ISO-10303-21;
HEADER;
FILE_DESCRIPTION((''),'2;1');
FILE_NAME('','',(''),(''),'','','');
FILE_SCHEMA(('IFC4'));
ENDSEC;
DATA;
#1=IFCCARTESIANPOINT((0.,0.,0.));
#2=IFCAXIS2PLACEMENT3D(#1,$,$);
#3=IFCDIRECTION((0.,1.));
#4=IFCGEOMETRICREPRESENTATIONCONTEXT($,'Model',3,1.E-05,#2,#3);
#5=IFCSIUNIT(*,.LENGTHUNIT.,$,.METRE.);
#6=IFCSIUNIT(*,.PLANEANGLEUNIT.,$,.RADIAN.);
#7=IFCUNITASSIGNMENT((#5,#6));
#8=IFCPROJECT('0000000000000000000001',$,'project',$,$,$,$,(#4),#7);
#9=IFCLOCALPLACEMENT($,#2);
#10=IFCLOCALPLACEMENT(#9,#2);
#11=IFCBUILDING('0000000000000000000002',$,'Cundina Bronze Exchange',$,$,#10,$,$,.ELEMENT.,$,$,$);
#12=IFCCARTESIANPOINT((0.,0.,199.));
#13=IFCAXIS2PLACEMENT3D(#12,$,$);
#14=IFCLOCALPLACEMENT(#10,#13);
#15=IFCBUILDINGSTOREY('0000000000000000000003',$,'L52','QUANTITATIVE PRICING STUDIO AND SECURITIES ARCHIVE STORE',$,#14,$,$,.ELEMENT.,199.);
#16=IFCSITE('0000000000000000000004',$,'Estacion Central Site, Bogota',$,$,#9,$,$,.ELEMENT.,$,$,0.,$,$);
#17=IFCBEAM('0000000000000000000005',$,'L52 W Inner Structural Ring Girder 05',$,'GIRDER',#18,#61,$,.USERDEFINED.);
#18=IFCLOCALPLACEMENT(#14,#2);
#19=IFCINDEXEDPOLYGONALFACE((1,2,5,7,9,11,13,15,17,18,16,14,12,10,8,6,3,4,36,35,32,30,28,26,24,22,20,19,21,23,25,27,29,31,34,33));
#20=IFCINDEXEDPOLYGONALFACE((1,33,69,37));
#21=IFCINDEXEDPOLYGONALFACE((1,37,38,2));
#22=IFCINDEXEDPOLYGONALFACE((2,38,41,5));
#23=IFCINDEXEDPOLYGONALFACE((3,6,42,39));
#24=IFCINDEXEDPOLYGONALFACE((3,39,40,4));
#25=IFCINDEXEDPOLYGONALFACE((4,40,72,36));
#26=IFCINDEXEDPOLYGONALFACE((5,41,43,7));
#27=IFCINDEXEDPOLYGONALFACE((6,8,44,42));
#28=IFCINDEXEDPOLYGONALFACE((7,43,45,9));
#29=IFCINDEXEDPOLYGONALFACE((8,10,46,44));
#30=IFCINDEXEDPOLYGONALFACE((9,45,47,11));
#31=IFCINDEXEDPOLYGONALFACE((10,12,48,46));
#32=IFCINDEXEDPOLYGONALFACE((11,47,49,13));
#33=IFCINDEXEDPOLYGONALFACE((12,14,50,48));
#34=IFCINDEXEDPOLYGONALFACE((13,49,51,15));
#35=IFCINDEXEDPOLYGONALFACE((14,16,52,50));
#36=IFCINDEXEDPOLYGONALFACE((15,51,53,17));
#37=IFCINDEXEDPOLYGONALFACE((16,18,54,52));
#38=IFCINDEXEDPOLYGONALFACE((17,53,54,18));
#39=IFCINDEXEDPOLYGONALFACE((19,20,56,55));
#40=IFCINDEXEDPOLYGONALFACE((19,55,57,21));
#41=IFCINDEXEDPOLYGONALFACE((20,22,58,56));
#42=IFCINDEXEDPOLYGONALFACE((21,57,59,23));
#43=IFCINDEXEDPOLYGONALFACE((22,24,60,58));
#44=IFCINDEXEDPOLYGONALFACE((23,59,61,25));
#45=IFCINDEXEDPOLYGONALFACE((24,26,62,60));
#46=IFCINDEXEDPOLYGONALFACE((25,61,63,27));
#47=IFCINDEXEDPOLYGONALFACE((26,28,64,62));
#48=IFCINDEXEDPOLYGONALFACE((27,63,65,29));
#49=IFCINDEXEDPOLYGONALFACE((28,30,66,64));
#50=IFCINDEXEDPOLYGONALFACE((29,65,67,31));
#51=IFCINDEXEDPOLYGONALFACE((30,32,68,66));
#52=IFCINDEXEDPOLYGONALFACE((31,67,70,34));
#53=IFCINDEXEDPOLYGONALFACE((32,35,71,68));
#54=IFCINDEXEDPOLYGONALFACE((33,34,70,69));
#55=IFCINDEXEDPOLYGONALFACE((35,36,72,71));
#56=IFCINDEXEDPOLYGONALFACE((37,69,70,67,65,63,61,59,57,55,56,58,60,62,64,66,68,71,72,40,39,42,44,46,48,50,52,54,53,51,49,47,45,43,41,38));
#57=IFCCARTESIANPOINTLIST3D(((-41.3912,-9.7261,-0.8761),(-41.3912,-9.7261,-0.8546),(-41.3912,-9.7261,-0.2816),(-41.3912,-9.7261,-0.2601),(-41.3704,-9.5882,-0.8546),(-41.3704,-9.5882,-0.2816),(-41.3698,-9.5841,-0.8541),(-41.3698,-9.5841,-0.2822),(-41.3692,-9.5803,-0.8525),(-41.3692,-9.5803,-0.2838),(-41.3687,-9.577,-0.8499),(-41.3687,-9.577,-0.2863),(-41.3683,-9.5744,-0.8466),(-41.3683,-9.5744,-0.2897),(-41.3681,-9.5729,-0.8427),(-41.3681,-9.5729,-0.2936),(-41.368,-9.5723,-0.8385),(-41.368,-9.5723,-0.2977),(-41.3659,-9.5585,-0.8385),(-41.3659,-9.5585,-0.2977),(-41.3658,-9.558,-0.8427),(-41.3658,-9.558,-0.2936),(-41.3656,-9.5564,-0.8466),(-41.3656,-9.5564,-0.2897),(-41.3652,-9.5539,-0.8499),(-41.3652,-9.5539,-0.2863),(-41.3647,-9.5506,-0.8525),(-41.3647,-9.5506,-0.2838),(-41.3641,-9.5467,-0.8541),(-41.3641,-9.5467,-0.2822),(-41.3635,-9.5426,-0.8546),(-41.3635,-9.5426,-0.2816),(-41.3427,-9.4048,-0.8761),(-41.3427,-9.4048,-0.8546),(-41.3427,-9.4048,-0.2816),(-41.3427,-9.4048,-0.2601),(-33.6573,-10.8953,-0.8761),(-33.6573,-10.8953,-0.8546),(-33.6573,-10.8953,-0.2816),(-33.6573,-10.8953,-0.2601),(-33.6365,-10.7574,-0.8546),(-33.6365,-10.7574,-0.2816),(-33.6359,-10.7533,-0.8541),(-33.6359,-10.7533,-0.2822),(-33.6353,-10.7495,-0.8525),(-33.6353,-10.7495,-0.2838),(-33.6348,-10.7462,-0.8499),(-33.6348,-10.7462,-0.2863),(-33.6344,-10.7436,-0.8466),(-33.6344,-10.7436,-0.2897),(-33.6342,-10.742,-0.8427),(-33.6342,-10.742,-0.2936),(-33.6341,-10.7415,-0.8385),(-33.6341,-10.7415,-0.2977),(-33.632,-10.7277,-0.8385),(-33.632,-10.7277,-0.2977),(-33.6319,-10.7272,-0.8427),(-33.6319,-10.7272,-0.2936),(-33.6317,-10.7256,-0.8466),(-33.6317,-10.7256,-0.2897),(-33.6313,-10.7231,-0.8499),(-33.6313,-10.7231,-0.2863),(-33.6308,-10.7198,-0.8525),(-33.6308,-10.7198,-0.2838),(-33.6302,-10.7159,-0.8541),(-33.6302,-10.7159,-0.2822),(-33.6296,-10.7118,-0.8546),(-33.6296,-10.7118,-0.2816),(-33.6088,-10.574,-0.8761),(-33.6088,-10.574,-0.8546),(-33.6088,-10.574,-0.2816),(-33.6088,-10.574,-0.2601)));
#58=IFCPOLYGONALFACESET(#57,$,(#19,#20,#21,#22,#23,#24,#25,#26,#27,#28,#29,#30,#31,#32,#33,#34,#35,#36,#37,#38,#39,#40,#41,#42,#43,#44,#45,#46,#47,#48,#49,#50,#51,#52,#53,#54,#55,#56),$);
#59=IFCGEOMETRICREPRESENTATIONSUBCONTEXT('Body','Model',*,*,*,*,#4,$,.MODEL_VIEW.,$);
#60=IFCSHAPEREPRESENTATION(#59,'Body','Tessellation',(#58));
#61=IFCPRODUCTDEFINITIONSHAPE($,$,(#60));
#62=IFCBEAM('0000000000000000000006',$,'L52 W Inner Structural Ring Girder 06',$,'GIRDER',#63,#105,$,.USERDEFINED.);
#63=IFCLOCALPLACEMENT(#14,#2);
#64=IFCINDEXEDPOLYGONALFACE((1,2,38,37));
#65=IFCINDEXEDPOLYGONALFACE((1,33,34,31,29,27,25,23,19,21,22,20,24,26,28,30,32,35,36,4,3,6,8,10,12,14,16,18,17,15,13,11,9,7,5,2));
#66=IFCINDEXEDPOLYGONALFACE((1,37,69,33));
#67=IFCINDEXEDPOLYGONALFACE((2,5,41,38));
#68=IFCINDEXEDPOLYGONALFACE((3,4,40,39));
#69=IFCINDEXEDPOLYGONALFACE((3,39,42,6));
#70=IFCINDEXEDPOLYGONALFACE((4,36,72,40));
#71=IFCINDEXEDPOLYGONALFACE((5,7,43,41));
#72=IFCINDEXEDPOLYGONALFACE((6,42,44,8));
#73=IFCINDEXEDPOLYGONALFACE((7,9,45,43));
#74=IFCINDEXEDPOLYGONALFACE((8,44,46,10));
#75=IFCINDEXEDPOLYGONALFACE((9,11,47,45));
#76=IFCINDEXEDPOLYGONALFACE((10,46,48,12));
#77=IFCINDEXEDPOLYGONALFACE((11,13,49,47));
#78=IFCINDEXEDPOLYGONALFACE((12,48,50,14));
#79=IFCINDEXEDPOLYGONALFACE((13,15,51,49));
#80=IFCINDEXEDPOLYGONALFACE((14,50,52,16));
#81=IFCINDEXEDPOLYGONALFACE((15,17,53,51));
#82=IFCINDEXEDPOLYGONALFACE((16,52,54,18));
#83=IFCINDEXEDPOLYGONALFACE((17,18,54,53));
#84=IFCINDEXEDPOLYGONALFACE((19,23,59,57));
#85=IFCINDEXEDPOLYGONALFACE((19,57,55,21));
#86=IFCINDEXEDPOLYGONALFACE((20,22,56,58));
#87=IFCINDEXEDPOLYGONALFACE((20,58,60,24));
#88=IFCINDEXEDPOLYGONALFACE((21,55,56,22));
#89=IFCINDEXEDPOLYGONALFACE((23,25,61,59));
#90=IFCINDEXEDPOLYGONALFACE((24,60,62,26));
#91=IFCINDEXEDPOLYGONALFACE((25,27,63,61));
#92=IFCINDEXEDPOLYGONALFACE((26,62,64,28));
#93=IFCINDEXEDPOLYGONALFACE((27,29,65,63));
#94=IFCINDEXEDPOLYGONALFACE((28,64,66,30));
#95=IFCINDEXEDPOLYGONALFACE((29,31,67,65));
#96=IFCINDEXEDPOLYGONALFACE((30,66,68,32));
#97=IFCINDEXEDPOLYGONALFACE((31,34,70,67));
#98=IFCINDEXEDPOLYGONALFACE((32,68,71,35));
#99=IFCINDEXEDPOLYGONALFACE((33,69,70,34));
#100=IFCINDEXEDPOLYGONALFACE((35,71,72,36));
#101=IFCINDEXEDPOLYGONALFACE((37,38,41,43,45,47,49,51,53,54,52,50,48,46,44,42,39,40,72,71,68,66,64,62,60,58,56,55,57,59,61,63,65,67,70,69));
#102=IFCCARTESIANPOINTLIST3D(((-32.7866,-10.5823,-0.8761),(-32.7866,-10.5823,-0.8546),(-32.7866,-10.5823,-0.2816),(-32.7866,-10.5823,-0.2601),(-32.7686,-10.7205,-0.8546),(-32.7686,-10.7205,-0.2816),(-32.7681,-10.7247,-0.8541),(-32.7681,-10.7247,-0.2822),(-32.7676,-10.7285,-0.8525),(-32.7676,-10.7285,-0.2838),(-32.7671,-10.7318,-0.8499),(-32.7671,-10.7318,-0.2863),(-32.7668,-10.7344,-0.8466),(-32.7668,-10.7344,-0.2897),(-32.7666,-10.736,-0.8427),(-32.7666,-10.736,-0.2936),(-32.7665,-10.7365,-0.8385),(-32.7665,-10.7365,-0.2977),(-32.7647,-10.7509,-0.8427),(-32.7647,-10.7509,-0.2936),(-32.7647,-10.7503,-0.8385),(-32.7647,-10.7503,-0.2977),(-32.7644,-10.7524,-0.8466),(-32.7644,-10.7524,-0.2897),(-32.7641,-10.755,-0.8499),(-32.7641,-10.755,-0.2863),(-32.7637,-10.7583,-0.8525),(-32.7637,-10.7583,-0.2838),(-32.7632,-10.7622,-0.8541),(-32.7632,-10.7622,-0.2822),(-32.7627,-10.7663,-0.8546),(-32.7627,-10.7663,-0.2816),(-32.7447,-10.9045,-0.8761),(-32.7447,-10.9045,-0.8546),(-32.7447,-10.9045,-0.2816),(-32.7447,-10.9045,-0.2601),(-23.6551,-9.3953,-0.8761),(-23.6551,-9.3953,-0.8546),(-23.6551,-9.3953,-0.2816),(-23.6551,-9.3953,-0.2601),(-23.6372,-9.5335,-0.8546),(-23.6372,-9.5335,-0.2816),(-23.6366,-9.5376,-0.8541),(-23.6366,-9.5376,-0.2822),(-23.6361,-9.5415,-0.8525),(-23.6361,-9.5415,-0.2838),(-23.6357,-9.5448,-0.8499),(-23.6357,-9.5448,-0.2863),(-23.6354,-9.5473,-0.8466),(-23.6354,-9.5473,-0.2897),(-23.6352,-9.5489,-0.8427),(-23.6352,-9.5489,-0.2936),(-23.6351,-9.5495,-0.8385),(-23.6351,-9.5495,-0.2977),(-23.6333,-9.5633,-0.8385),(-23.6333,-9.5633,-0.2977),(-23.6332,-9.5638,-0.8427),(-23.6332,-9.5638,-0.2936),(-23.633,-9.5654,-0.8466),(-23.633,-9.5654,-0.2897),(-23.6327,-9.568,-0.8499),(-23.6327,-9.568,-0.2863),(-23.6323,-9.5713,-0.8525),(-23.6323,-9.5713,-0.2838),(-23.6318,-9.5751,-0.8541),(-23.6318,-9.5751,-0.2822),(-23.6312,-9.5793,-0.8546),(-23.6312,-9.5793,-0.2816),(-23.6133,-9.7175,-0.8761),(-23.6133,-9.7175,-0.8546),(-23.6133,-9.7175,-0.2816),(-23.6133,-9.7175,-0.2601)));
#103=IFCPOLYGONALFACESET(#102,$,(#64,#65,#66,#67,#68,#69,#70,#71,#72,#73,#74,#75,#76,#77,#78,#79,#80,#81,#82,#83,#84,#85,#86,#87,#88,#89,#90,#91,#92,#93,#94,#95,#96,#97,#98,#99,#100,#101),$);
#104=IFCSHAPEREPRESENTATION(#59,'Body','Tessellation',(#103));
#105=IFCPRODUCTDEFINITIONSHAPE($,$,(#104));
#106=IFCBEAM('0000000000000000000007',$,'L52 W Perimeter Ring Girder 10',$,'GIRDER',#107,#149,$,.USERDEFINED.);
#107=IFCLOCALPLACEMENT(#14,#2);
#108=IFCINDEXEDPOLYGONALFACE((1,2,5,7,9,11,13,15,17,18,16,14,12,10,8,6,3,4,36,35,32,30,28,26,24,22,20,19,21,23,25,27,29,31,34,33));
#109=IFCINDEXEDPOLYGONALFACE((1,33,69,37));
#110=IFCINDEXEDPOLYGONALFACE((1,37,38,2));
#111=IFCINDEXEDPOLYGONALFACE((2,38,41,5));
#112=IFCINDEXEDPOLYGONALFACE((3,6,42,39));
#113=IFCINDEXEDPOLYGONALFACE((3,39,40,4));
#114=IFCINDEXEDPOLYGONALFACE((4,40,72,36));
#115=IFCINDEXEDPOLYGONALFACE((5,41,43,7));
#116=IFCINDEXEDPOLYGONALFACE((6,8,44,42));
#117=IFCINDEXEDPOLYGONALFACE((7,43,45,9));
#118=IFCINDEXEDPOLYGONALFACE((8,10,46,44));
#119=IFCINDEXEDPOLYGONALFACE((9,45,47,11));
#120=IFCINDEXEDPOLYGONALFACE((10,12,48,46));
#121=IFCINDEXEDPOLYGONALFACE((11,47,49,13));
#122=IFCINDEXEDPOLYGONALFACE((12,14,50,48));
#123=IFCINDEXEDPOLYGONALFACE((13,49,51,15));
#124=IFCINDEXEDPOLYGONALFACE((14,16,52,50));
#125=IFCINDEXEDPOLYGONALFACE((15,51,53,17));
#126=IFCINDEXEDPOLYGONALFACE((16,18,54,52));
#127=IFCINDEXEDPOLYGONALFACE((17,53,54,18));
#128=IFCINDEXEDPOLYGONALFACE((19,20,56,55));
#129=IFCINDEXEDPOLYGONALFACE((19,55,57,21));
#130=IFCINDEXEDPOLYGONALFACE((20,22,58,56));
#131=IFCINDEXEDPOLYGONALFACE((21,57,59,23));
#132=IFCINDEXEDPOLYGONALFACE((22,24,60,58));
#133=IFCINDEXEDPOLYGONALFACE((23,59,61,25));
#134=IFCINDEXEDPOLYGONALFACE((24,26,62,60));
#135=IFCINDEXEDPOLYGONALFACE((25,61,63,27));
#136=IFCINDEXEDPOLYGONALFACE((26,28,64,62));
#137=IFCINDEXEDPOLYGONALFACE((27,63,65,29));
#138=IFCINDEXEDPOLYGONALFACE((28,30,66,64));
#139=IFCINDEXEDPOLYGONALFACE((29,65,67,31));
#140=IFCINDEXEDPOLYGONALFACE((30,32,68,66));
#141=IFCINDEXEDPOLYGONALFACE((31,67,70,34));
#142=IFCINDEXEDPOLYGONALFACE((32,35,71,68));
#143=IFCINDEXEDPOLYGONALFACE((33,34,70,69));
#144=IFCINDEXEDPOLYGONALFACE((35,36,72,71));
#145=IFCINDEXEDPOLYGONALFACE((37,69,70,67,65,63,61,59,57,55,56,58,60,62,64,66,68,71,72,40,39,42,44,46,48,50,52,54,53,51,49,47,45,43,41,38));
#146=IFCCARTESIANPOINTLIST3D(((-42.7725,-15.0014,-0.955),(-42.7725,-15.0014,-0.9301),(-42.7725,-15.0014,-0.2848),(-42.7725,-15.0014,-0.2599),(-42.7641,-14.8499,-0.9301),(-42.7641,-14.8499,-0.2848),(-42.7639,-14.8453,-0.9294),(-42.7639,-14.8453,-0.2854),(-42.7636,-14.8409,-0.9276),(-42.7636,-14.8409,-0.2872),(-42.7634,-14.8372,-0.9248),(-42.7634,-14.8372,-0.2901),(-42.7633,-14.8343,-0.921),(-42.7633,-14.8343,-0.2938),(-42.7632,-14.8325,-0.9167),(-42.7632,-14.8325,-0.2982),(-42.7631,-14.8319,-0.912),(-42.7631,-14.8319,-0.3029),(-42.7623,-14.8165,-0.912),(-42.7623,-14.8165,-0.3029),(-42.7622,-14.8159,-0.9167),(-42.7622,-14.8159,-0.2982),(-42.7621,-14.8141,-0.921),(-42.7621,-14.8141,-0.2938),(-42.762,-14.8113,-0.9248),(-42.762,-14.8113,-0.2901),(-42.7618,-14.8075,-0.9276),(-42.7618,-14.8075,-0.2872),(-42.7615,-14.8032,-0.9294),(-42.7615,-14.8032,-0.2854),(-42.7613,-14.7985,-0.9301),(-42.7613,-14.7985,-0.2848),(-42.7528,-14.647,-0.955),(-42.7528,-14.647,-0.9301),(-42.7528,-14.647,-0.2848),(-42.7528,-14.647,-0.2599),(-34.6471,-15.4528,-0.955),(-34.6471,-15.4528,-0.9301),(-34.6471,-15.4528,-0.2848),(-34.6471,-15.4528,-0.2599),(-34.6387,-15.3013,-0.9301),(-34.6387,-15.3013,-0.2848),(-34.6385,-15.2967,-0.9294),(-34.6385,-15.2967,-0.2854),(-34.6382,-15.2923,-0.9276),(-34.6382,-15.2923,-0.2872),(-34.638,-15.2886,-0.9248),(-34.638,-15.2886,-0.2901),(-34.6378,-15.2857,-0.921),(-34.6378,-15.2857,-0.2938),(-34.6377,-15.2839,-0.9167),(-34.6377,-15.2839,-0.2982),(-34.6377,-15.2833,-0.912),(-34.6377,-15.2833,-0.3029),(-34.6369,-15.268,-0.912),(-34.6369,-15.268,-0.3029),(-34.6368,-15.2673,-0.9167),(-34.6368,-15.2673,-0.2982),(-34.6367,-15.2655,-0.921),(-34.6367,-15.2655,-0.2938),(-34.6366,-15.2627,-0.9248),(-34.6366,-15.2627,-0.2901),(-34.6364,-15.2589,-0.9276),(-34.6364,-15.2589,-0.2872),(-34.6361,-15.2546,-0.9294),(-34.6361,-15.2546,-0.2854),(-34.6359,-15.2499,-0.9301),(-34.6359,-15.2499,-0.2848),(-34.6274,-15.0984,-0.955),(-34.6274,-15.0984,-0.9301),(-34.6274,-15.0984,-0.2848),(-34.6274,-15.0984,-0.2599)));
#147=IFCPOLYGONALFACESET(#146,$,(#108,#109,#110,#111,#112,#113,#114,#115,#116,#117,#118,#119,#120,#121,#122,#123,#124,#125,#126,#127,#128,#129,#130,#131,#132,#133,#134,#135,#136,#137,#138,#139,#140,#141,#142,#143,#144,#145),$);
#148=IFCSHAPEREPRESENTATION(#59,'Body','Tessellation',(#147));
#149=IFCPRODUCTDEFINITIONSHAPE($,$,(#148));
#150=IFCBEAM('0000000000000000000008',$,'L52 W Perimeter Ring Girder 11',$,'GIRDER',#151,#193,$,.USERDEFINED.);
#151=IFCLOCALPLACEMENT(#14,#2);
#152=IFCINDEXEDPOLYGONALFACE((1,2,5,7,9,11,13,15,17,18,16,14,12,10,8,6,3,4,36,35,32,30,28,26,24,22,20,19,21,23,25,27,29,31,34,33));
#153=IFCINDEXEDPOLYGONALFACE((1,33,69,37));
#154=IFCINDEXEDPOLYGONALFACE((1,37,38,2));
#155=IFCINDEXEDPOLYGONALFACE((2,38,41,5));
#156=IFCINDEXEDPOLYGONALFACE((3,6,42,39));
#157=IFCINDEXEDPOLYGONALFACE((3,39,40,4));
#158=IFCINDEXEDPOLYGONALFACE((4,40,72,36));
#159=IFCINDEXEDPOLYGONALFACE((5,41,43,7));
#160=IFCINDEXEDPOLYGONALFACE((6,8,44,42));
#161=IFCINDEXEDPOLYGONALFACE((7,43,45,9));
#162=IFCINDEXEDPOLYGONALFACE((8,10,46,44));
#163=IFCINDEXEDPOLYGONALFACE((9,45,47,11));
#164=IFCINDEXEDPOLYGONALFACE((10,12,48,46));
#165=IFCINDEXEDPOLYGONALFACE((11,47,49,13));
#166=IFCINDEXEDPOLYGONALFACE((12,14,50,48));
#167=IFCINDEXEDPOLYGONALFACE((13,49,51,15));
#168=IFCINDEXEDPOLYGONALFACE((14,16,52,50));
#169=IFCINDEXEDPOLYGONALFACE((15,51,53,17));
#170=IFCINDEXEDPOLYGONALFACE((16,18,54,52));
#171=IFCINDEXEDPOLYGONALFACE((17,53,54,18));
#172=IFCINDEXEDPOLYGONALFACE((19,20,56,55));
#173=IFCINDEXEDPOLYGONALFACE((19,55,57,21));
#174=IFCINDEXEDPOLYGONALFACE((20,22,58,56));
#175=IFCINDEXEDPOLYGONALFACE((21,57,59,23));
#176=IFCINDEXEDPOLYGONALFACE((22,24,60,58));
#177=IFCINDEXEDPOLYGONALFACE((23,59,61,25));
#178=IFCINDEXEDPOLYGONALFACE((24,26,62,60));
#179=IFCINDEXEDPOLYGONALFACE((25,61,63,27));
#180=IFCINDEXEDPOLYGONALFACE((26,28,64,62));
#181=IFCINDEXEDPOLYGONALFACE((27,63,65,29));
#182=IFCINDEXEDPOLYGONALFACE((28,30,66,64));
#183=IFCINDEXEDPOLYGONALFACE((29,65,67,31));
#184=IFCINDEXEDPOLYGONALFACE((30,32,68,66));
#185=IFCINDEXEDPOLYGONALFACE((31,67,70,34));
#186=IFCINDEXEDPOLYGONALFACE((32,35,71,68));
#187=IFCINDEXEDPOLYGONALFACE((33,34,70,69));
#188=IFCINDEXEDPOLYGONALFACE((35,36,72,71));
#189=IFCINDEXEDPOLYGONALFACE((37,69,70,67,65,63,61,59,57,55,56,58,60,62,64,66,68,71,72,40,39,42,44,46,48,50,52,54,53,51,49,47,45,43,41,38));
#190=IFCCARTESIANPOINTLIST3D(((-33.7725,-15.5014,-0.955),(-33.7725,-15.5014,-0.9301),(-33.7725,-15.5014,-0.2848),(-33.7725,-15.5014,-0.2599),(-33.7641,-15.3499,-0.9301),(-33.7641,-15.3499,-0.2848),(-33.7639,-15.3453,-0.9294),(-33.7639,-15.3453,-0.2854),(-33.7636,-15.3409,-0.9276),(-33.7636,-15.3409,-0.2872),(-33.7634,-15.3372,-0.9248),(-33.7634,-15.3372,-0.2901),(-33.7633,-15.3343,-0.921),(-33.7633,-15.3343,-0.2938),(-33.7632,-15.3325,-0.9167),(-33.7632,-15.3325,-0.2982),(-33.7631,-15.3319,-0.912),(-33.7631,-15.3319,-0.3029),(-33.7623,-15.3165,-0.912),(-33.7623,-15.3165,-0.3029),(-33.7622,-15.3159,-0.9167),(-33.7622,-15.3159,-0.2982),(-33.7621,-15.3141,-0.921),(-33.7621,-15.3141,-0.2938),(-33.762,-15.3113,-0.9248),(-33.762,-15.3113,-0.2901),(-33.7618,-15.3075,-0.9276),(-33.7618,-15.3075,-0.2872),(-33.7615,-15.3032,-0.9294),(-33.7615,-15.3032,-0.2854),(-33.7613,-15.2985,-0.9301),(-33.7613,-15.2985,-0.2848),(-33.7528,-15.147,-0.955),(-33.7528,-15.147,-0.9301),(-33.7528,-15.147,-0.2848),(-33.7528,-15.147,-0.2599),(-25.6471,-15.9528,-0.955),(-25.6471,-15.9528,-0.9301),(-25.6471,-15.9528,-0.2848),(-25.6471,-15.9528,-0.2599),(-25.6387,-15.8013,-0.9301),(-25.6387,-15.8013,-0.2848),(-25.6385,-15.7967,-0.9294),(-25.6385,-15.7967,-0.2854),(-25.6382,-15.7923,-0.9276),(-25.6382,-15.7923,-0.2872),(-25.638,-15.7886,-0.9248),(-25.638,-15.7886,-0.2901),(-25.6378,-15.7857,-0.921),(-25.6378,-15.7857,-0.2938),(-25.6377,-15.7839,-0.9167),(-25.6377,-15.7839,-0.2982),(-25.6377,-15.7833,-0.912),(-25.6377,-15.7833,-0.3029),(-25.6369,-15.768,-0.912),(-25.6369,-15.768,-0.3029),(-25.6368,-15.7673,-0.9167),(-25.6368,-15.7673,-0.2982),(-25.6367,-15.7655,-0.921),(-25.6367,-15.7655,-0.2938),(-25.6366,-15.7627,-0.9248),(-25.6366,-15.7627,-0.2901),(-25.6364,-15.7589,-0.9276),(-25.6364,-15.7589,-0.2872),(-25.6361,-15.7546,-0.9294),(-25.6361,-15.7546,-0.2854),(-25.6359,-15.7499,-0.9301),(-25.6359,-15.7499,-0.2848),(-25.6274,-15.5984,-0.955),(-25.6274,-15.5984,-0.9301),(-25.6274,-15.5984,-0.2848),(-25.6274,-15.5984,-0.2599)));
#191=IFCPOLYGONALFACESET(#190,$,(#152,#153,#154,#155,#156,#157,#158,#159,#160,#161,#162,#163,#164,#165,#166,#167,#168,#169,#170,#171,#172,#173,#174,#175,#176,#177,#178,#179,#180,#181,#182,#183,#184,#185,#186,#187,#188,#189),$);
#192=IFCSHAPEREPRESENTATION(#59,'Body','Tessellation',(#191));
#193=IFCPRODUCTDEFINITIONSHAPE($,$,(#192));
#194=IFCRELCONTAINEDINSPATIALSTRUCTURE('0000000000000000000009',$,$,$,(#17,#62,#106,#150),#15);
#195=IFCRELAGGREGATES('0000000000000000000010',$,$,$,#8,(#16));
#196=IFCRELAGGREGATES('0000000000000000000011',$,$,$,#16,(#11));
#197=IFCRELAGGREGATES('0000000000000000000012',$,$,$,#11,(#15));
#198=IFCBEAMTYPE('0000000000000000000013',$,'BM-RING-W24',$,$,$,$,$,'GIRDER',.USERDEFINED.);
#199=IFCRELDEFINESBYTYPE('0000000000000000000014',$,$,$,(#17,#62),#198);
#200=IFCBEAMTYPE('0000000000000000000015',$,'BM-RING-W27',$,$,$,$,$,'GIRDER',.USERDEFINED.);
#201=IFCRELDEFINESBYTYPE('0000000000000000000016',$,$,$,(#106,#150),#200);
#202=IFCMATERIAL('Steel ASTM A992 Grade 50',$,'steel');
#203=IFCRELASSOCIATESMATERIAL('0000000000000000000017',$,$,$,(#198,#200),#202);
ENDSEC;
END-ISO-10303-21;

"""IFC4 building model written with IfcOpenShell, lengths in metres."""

from ifc_helpers import new_model, si_unit, direction, frame, origin, origin_2d, place, context, subcontext, project, spatial, i_section, extrude, material, material_profile, profile_set, type_object, element, save


model = new_model("IFC4")

# Units and contexts
model_context = context("Model", 3, precision=1e-05, world=origin(), true_north=direction((0.0, 1.0)))
body_context = subcontext(model_context, "Body", "Model", "MODEL_VIEW")
ifc_project = project(units=[si_unit("LENGTHUNIT", "METRE"), si_unit("PLANEANGLEUNIT", "RADIAN")], contexts=[model_context])

# Site, building, storey
site_placement = place(None, origin())
site = spatial("IfcSite", under=ifc_project, at=site_placement, Name="Estacion Central Site, Bogota", CompositionType="ELEMENT", RefElevation=0.0)
building_placement = place(site_placement, origin())
building = spatial("IfcBuilding", under=site, at=building_placement, Name="Cundina Bronze Exchange", CompositionType="ELEMENT")
storey_placement = place(building_placement, frame((0.0, 0.0, 199.0)))
storey = spatial("IfcBuildingStorey", under=building, at=storey_placement, Name="L52", Description="QUANTITATIVE PRICING STUDIO AND SECURITIES ARCHIVE STORE", CompositionType="ELEMENT", Elevation=199.0)

# Beams
ifc_material_1 = material(Name="Steel ASTM A992 Grade 50", Category="steel")
ifc_material_profile_1 = material_profile(ifc_material_1, i_section(OverallWidth=0.325, OverallDepth=0.616, WebThickness=0.0139, FlangeThickness=0.0215, FilletRadius=0.0161, at=origin_2d()), Name="W24X117", Category="steel")
ifc_profile_set_1 = profile_set([ifc_material_profile_1], Name="Steel ASTM A992 Grade 50")
beam_type_1 = type_object("IfcBeamType", Name="BM-RING-W24", ElementType="GIRDER", PredefinedType="USERDEFINED", material=ifc_profile_set_1)
beam_1_placement = place(storey_placement, frame((-41.3669, -9.5654, -0.5681), z_axis=(0.988765, -0.149479, 0.0), x_axis=(0.149479, 0.988765, 0.0)))
element("IfcBeam", 1, at=beam_1_placement, inside=storey, type_object=beam_type_1, Name="L52 W Inner Structural Ring Girder 05", ObjectType="GIRDER", PredefinedType="USERDEFINED", context=body_context, shape_type="SweptSolid", body=[
    extrude(i_section(OverallWidth=0.325, OverallDepth=0.616, WebThickness=0.0139, FlangeThickness=0.0215, FilletRadius=0.0161, at=origin_2d()), origin(), (0.0, 0.0, 1.0), 7.8218),
])
beam_2_placement = place(storey_placement, frame((-32.7656, -10.7434, -0.5681), z_axis=(0.991656, 0.128908, 0.0), x_axis=(-0.128908, 0.991656, 0.0)))
element("IfcBeam", 2, at=beam_2_placement, inside=storey, type_object=beam_type_1, Name="L52 W Inner Structural Ring Girder 06", ObjectType="GIRDER", PredefinedType="USERDEFINED", context=body_context, shape_type="SweptSolid", body=[
    extrude(i_section(OverallWidth=0.325, OverallDepth=0.616, WebThickness=0.0139, FlangeThickness=0.0215, FilletRadius=0.0161, at=origin_2d()), origin(), (0.0, 0.0, 1.0), 9.2083),
])
ifc_material_profile_2 = material_profile(ifc_material_1, i_section(OverallWidth=0.355, OverallDepth=0.6951, WebThickness=0.0154, FlangeThickness=0.0249, FilletRadius=0.0181, at=origin_2d()), Name="W27X146", Category="steel")
ifc_profile_set_2 = profile_set([ifc_material_profile_2], Name="Steel ASTM A992 Grade 50")
beam_type_2 = type_object("IfcBeamType", Name="BM-RING-W27", ElementType="GIRDER", PredefinedType="USERDEFINED", material=ifc_profile_set_2)
for number, where, z_axis, x_axis, name in (
    (3, (-42.7627, -14.8242, -0.6074), (0.99846, -0.05547, 0.0), (0.05547, 0.99846, 0.0), "L52 W Perimeter Ring Girder 10"),
    (4, (-33.7627, -15.3242, -0.6074), (0.99846, -0.05547, 0.0), (0.05547, 0.99846, 0.0), "L52 W Perimeter Ring Girder 11"),
):
    element("IfcBeam", number, at=place(storey_placement, frame(where, z_axis=z_axis, x_axis=x_axis)), inside=storey, type_object=beam_type_2, Name=name, ObjectType="GIRDER", PredefinedType="USERDEFINED", context=body_context, shape_type="SweptSolid", body=[
        extrude(i_section(OverallWidth=0.355, OverallDepth=0.6951, WebThickness=0.0154, FlangeThickness=0.0249, FilletRadius=0.0181, at=origin_2d()), origin(), (0.0, 0.0, 1.0), 8.1379),
    ])

save(model, "model.ifc")
